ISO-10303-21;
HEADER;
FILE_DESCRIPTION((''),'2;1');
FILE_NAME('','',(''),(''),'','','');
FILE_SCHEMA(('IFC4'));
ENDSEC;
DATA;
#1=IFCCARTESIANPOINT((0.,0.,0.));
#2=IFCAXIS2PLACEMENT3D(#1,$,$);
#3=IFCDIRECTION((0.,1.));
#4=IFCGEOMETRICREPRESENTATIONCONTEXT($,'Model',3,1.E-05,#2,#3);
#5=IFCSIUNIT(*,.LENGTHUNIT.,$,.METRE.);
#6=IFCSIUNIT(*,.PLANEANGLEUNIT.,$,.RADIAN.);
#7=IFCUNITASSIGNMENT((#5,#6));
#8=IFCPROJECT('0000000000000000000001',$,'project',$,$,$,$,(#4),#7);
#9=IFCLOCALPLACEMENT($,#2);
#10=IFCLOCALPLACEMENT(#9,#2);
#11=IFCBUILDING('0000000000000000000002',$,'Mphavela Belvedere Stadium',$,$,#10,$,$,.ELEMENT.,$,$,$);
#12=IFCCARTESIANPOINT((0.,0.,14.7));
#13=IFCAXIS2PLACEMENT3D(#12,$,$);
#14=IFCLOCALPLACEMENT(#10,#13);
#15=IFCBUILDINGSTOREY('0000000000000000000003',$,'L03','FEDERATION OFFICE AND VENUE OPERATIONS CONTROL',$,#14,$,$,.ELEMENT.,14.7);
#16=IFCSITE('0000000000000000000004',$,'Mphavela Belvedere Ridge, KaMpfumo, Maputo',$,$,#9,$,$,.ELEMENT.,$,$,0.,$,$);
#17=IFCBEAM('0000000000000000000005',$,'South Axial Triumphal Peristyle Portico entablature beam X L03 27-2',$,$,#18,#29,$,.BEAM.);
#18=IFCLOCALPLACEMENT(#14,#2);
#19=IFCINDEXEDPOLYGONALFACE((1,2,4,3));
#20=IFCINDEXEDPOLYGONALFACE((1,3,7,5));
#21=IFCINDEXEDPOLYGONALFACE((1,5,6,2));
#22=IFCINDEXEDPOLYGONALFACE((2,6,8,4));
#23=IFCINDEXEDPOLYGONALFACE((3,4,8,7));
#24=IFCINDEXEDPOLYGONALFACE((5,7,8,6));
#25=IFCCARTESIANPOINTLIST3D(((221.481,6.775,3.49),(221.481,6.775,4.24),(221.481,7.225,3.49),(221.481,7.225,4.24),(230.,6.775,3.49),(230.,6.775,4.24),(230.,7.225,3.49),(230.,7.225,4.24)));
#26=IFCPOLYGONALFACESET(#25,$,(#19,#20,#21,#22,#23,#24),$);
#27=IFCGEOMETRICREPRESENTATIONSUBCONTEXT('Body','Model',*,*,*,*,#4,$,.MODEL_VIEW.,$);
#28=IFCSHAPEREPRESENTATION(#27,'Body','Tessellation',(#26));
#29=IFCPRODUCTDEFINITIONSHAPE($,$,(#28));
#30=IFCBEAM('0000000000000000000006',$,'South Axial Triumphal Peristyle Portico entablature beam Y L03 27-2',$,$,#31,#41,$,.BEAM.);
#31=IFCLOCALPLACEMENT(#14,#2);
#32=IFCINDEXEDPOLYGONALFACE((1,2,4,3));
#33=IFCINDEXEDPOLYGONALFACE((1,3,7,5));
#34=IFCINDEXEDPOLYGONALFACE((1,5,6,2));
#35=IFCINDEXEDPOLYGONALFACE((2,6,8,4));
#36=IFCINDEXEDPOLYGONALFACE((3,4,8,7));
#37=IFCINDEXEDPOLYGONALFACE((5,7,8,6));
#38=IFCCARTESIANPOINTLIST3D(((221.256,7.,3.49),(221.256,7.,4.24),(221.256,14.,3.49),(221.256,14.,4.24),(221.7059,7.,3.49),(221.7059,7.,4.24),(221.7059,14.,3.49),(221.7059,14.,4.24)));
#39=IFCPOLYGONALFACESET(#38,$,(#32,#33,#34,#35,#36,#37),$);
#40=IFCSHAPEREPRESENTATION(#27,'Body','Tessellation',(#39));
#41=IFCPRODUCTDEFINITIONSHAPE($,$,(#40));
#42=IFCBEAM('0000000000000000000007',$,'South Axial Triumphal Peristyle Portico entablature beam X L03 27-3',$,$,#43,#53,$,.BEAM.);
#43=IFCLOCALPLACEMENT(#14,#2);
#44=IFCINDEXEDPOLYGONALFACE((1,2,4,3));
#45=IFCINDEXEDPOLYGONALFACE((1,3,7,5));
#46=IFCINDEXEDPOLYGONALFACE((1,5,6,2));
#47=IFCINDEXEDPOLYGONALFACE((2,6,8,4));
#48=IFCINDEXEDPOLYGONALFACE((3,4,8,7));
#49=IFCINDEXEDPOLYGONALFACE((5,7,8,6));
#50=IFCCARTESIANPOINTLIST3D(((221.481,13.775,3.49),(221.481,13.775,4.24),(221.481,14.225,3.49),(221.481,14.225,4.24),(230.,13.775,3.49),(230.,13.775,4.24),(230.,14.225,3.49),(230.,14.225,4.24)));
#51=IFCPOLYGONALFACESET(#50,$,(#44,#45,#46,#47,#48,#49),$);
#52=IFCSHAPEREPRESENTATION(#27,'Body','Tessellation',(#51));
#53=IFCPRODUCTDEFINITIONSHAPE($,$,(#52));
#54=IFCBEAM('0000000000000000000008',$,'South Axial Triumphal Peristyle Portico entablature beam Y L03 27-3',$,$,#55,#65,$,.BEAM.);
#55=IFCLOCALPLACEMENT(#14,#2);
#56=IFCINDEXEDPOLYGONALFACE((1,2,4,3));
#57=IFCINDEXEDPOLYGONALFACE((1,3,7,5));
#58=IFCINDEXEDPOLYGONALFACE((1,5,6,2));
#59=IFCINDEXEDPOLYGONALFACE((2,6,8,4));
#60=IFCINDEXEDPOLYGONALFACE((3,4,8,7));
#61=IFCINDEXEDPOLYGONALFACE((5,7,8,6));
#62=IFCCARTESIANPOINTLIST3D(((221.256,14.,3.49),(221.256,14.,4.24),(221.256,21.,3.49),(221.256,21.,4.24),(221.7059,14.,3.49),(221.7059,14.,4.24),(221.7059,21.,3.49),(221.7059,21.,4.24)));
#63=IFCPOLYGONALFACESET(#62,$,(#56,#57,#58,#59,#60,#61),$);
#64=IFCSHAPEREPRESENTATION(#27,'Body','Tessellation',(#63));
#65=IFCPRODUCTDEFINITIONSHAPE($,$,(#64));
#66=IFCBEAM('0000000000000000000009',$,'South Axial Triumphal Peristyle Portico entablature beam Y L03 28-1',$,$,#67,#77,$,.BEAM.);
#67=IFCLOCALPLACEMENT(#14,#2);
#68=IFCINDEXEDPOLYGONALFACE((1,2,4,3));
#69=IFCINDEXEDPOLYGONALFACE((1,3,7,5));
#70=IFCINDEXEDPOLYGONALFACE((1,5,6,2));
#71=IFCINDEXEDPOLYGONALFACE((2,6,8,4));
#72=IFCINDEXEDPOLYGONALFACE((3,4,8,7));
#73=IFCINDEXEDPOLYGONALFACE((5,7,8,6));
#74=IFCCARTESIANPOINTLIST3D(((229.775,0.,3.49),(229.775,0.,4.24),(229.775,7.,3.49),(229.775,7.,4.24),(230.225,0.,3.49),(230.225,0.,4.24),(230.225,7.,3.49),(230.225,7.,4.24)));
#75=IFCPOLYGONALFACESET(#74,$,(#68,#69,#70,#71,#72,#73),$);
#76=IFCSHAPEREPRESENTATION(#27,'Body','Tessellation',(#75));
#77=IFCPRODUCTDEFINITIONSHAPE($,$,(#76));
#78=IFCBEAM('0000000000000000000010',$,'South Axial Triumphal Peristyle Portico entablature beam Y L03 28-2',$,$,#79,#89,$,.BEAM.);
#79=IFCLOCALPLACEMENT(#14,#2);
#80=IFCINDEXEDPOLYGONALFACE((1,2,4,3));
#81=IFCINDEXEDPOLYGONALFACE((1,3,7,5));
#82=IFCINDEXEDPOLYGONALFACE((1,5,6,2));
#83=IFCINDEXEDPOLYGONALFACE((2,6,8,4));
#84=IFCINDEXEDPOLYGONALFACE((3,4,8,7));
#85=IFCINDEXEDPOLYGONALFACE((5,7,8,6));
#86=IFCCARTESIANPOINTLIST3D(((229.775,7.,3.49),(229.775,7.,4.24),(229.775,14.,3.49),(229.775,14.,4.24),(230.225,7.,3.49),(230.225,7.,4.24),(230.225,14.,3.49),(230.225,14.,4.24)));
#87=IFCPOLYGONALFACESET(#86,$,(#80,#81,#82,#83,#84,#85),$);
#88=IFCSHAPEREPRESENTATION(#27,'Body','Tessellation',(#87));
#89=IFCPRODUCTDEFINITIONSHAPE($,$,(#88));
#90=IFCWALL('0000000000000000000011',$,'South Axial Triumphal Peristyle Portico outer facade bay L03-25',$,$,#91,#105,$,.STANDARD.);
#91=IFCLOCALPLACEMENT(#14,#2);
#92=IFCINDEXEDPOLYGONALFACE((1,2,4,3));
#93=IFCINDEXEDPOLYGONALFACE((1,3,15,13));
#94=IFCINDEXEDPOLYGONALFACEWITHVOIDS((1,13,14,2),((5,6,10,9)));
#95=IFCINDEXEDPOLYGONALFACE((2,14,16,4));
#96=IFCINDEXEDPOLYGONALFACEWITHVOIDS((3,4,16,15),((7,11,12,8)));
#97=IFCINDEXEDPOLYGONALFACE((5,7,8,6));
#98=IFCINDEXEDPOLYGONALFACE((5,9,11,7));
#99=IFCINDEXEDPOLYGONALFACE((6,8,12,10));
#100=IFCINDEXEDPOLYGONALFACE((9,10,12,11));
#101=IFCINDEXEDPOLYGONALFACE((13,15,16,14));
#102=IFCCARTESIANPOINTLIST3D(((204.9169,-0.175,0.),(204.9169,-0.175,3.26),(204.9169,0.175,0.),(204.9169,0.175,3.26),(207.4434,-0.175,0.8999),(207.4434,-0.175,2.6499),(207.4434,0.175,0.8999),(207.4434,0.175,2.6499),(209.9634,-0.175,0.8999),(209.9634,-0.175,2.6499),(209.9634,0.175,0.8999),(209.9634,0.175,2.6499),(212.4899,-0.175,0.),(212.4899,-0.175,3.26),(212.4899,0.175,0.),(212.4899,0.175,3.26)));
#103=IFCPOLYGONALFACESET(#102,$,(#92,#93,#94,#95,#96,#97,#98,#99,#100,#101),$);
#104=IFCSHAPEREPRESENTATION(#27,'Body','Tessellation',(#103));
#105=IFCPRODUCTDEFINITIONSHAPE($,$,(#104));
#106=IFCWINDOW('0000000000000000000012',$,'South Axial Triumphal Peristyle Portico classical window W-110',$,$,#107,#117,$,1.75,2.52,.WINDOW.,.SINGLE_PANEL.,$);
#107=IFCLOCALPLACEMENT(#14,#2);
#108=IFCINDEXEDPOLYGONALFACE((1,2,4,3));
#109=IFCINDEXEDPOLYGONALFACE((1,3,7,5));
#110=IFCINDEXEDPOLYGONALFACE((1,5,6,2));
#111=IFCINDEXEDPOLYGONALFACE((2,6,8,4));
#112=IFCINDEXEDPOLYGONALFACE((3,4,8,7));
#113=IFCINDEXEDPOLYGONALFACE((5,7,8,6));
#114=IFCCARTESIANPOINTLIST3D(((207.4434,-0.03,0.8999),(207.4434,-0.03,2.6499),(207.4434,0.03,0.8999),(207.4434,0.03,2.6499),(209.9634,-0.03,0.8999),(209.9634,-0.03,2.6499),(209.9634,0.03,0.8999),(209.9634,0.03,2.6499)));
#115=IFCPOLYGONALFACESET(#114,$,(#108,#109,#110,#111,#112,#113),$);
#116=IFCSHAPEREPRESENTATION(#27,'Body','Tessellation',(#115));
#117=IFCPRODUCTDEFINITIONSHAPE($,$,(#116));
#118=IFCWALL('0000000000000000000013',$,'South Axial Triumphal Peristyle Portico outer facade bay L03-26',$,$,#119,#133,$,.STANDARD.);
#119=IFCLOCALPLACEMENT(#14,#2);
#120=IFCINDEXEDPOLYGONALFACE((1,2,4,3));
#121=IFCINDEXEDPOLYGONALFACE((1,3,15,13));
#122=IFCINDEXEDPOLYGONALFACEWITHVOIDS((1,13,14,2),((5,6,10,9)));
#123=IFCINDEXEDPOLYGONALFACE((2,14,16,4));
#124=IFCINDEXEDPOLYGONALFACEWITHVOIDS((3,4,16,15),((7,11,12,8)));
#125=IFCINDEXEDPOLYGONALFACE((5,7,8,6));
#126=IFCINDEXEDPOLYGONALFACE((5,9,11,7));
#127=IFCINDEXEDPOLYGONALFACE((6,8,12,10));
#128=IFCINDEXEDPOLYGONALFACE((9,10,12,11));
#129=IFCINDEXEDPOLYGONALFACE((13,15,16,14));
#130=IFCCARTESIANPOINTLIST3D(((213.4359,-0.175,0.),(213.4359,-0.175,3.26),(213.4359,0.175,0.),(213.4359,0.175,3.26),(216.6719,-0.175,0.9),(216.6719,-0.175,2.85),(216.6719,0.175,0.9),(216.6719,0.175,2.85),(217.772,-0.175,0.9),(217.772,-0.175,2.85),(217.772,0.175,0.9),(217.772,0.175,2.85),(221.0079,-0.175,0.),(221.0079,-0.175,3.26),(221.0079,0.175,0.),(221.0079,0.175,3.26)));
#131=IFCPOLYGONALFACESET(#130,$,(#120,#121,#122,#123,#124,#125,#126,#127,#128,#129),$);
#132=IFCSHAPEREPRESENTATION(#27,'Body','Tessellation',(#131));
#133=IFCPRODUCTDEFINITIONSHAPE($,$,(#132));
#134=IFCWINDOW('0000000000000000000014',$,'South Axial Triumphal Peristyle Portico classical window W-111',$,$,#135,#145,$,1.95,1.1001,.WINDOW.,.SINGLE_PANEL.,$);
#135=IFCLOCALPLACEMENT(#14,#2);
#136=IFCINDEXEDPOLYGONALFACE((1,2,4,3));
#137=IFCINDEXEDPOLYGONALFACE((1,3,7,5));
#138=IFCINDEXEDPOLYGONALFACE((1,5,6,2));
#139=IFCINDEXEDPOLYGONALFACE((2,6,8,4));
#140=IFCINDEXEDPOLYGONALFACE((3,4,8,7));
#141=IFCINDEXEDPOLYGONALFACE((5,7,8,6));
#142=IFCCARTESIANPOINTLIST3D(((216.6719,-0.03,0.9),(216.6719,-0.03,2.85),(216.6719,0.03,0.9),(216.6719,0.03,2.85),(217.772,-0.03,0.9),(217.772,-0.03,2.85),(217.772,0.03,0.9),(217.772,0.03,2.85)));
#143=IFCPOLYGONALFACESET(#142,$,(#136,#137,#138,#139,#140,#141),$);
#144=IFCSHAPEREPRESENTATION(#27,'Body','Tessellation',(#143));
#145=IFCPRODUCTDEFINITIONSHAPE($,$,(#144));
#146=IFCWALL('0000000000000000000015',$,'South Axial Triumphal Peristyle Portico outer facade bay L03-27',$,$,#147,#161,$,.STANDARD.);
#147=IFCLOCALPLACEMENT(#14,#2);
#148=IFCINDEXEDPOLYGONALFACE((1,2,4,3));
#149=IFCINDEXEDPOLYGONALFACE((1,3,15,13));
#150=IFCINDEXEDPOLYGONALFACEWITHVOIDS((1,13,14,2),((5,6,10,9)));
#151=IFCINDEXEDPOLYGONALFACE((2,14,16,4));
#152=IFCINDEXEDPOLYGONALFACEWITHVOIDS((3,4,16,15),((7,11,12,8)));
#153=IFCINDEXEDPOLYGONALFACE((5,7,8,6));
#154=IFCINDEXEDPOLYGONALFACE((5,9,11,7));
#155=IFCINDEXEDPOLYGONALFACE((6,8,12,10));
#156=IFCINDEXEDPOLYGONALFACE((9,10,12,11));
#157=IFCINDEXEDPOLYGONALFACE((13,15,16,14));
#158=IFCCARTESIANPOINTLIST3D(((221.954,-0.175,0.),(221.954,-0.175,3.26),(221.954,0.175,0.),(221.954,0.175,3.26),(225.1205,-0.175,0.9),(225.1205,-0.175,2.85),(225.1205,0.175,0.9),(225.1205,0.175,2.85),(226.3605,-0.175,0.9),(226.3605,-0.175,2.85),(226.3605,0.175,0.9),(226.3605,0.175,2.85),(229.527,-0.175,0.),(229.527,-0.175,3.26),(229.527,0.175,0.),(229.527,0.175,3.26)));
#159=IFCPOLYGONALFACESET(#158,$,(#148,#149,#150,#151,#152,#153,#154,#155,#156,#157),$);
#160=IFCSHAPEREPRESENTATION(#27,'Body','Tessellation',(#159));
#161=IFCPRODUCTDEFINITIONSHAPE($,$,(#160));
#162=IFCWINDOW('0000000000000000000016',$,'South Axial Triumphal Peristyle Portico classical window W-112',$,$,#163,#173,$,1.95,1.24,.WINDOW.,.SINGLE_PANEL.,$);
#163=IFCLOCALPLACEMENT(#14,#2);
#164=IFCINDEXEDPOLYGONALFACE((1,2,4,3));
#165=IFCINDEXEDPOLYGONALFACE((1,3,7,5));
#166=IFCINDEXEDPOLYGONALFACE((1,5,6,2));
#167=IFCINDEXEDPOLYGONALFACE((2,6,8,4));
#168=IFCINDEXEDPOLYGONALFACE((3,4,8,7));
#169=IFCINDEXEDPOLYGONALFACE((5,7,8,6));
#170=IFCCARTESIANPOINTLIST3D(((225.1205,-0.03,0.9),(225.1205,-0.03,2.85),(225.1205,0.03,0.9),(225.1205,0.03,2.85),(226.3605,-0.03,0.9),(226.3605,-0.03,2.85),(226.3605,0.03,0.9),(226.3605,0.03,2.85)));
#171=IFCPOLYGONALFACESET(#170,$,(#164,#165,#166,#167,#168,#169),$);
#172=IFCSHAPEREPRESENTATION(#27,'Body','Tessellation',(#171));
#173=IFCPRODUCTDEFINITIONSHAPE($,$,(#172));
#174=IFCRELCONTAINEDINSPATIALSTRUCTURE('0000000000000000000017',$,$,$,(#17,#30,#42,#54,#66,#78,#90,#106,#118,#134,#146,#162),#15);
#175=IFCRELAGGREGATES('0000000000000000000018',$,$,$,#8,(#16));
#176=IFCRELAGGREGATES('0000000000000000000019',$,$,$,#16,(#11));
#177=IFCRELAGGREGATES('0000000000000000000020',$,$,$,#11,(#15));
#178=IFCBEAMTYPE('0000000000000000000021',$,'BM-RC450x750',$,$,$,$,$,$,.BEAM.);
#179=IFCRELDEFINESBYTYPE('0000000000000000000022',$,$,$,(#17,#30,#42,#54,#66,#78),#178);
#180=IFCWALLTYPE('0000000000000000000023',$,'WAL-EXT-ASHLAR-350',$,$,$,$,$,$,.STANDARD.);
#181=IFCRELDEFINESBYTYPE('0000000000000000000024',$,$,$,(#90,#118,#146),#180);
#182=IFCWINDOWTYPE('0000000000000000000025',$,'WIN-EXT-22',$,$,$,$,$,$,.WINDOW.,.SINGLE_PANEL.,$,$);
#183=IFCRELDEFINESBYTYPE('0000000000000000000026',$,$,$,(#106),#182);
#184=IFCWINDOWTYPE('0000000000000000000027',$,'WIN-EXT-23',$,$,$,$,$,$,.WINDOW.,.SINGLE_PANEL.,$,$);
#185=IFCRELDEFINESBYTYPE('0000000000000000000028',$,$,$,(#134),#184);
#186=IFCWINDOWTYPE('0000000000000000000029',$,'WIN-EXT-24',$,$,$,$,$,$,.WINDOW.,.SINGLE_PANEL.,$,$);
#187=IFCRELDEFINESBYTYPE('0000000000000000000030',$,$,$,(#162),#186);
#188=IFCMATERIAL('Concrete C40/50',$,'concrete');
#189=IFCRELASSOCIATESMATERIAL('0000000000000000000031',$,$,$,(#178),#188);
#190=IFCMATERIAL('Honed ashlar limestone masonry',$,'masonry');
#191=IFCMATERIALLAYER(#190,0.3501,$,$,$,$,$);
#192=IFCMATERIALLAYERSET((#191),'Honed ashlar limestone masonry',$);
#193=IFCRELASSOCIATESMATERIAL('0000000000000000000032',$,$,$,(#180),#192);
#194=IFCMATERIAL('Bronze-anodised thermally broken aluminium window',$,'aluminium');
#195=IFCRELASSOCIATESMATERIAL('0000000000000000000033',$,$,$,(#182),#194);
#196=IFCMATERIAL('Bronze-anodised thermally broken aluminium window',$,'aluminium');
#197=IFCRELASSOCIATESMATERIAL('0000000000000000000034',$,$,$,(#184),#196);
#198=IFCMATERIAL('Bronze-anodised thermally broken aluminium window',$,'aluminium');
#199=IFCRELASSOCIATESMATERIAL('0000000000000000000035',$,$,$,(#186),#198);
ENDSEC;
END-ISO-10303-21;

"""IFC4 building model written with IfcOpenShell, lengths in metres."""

from ifc_helpers import new_model, si_unit, direction, frame, frame_2d, origin, origin_2d, place, context, subcontext, project, spatial, rectangle, extrude, material, layer, layer_set, material_profile, profile_set, type_object, element, fill, save


model = new_model("IFC4")

# Units and contexts
model_context = context("Model", 3, precision=1e-05, world=origin(), true_north=direction((0.0, 1.0)))
body_context = subcontext(model_context, "Body", "Model", "MODEL_VIEW")
ifc_project = project(units=[si_unit("LENGTHUNIT", "METRE"), si_unit("PLANEANGLEUNIT", "RADIAN")], contexts=[model_context])

# Site, building, storey
site_placement = place(None, origin())
site = spatial("IfcSite", under=ifc_project, at=site_placement, Name="Mphavela Belvedere Ridge, KaMpfumo, Maputo", CompositionType="ELEMENT", RefElevation=0.0)
building_placement = place(site_placement, origin())
building = spatial("IfcBuilding", under=site, at=building_placement, Name="Mphavela Belvedere Stadium", CompositionType="ELEMENT")
storey_placement = place(building_placement, frame((0.0, 0.0, 14.7)))
storey = spatial("IfcBuildingStorey", under=building, at=storey_placement, Name="L03", Description="FEDERATION OFFICE AND VENUE OPERATIONS CONTROL", CompositionType="ELEMENT", Elevation=14.7)

# Beams
ifc_material_1 = material(Name="Concrete C40/50", Category="concrete")
ifc_material_profile_1 = material_profile(ifc_material_1, rectangle(XDim=0.45, YDim=0.75, at=origin_2d()), Name="RC 450x750")
ifc_profile_set_1 = profile_set([ifc_material_profile_1], Name="Concrete C40/50")
beam_type_1 = type_object("IfcBeamType", Name="BM-RC450x750", PredefinedType="BEAM", material=ifc_profile_set_1)
beam_1_placement = place(storey_placement, frame((221.481, 7.0, 3.865), z_axis=(1.0, 0.0, 0.0), x_axis=(0.0, 1.0, 0.0)))
element("IfcBeam", 1, at=beam_1_placement, inside=storey, type_object=beam_type_1, Name="South Axial Triumphal Peristyle Portico entablature beam X L03 27-2", PredefinedType="BEAM", context=body_context, shape_type="SweptSolid", body=[
    extrude(rectangle(XDim=0.45, YDim=0.75, at=origin_2d()), origin(), (0.0, 0.0, 1.0), 8.519),
])
beam_2_placement = place(storey_placement, frame((221.481, 7.0, 3.865), z_axis=(0.0, 1.0, 0.0), x_axis=(-1.0, 0.0, 0.0)))
element("IfcBeam", 2, at=beam_2_placement, inside=storey, type_object=beam_type_1, Name="South Axial Triumphal Peristyle Portico entablature beam Y L03 27-2", PredefinedType="BEAM", context=body_context, shape_type="SweptSolid", body=[
    extrude(rectangle(XDim=0.45, YDim=0.75, at=origin_2d()), origin(), (0.0, 0.0, 1.0), 7.0),
])
beam_3_placement = place(storey_placement, frame((221.481, 14.0, 3.865), z_axis=(1.0, 0.0, 0.0), x_axis=(0.0, 1.0, 0.0)))
element("IfcBeam", 3, at=beam_3_placement, inside=storey, type_object=beam_type_1, Name="South Axial Triumphal Peristyle Portico entablature beam X L03 27-3", PredefinedType="BEAM", context=body_context, shape_type="SweptSolid", body=[
    extrude(rectangle(XDim=0.45, YDim=0.75, at=origin_2d()), origin(), (0.0, 0.0, 1.0), 8.519),
])
for number, where, z_axis, x_axis, name in (
    (4, (221.481, 14.0, 3.865), (0.0, 1.0, 0.0), (-1.0, 0.0, 0.0), "South Axial Triumphal Peristyle Portico entablature beam Y L03 27-3"),
    (5, (230.0, 0.0, 3.865), (0.0, 1.0, 0.0), (-1.0, 0.0, 0.0), "South Axial Triumphal Peristyle Portico entablature beam Y L03 28-1"),
    (6, (230.0, 7.0, 3.865), (0.0, 1.0, 0.0), (-1.0, 0.0, 0.0), "South Axial Triumphal Peristyle Portico entablature beam Y L03 28-2"),
):
    element("IfcBeam", number, at=place(storey_placement, frame(where, z_axis=z_axis, x_axis=x_axis)), inside=storey, type_object=beam_type_1, Name=name, PredefinedType="BEAM", context=body_context, shape_type="SweptSolid", body=[
        extrude(rectangle(XDim=0.45, YDim=0.75, at=origin_2d()), origin(), (0.0, 0.0, 1.0), 7.0),
    ])

# Walls, openings, windows
ifc_material_2 = material(Name="Honed ashlar limestone masonry", Category="masonry")
ifc_layer = layer(ifc_material_2, 0.3501)
ifc_layer_set = layer_set([ifc_layer], Name="Honed ashlar limestone masonry")
wall_type = type_object("IfcWallType", Name="WAL-EXT-ASHLAR-350", PredefinedType="STANDARD", material=ifc_layer_set)
wall_1_placement = place(storey_placement, frame((212.49, 0.0, 0.0), z_axis=(0.0, 0.0, 1.0), x_axis=(-1.0, 0.0, 0.0)))
wall_1 = element("IfcWall", 7, at=wall_1_placement, inside=storey, type_object=wall_type, Name="South Axial Triumphal Peristyle Portico outer facade bay L03-25", PredefinedType="STANDARD", context=body_context, shape_type="SweptSolid", body=[
    extrude(rectangle(XDim=7.573, YDim=0.3501, at=frame_2d((3.7866, 0.0))), origin(), (0.0, 0.0, 1.0), 3.26),
])
opening_1_placement = place(wall_1_placement, frame((2.5266, 0.0, 0.8999)))
opening_1 = element("IfcOpeningElement", 8, at=opening_1_placement, cuts=wall_1, PredefinedType="OPENING", context=body_context, shape_type="SweptSolid", body=[
    extrude(rectangle(XDim=2.52, YDim=1.75, at=frame_2d((1.26, 0.875))), frame((0.0, 0.1851, 0.0), z_axis=(0.0, -1.0, 0.0), x_axis=(1.0, 0.0, 0.0)), (0.0, 0.0, 1.0), 0.3701),
])
ifc_material_3 = material(Name="Bronze-anodised thermally broken aluminium window", Category="aluminium")
window_type_1 = type_object("IfcWindowType", Name="WIN-EXT-22", PartitioningType="SINGLE_PANEL", PredefinedType="WINDOW", material=ifc_material_3)
window_1_placement = place(opening_1_placement, origin())
window_1 = element("IfcWindow", 9, at=window_1_placement, inside=storey, type_object=window_type_1, Name="South Axial Triumphal Peristyle Portico classical window W-110", OverallHeight=1.75, OverallWidth=2.52, PartitioningType="SINGLE_PANEL", PredefinedType="WINDOW", context=body_context, shape_type="SweptSolid", body=[
    extrude(rectangle(XDim=2.52, YDim=1.75, at=frame_2d((1.26, 0.875))), frame((0.0, 0.03, 0.0), z_axis=(0.0, -1.0, 0.0), x_axis=(1.0, 0.0, 0.0)), (0.0, 0.0, 1.0), 0.0601),
])
fill(opening_1, window_1)
wall_2_placement = place(storey_placement, frame((221.0081, 0.0, 0.0), z_axis=(0.0, 0.0, 1.0), x_axis=(-1.0, 0.0, 0.0)))
wall_2 = element("IfcWall", 10, at=wall_2_placement, inside=storey, type_object=wall_type, Name="South Axial Triumphal Peristyle Portico outer facade bay L03-26", PredefinedType="STANDARD", context=body_context, shape_type="SweptSolid", body=[
    extrude(rectangle(XDim=7.572, YDim=0.3501, at=frame_2d((3.7861, 0.0))), origin(), (0.0, 0.0, 1.0), 3.26),
])
opening_2_placement = place(wall_2_placement, frame((3.2361, 0.0, 0.8999)))
opening_2 = element("IfcOpeningElement", 11, at=opening_2_placement, cuts=wall_2, PredefinedType="OPENING", context=body_context, shape_type="SweptSolid", body=[
    extrude(rectangle(XDim=1.1001, YDim=1.95, at=frame_2d((0.55, 0.9751))), frame((0.0, 0.1851, 0.0), z_axis=(0.0, -1.0, 0.0), x_axis=(1.0, 0.0, 0.0)), (0.0, 0.0, 1.0), 0.3701),
])
ifc_material_4 = material(Name="Bronze-anodised thermally broken aluminium window", Category="aluminium")
window_type_2 = type_object("IfcWindowType", Name="WIN-EXT-23", PartitioningType="SINGLE_PANEL", PredefinedType="WINDOW", material=ifc_material_4)
window_2_placement = place(opening_2_placement, origin())
window_2 = element("IfcWindow", 12, at=window_2_placement, inside=storey, type_object=window_type_2, Name="South Axial Triumphal Peristyle Portico classical window W-111", OverallHeight=1.95, OverallWidth=1.1001, PartitioningType="SINGLE_PANEL", PredefinedType="WINDOW", context=body_context, shape_type="SweptSolid", body=[
    extrude(rectangle(XDim=1.1001, YDim=1.95, at=frame_2d((0.55, 0.9751))), frame((0.0, 0.03, 0.0), z_axis=(0.0, -1.0, 0.0), x_axis=(1.0, 0.0, 0.0)), (0.0, 0.0, 1.0), 0.0601),
])
fill(opening_2, window_2)
wall_3_placement = place(storey_placement, frame((229.5271, 0.0, 0.0), z_axis=(0.0, 0.0, 1.0), x_axis=(-1.0, 0.0, 0.0)))
wall_3 = element("IfcWall", 13, at=wall_3_placement, inside=storey, type_object=wall_type, Name="South Axial Triumphal Peristyle Portico outer facade bay L03-27", PredefinedType="STANDARD", context=body_context, shape_type="SweptSolid", body=[
    extrude(rectangle(XDim=7.573, YDim=0.3501, at=frame_2d((3.7866, 0.0))), origin(), (0.0, 0.0, 1.0), 3.26),
])
opening_3_placement = place(wall_3_placement, frame((3.1665, 0.0, 0.8999)))
opening_3 = element("IfcOpeningElement", 14, at=opening_3_placement, cuts=wall_3, PredefinedType="OPENING", context=body_context, shape_type="SweptSolid", body=[
    extrude(rectangle(XDim=1.24, YDim=1.95, at=frame_2d((0.6201, 0.9751))), frame((0.0, 0.1851, 0.0), z_axis=(0.0, -1.0, 0.0), x_axis=(1.0, 0.0, 0.0)), (0.0, 0.0, 1.0), 0.3701),
])
ifc_material_5 = material(Name="Bronze-anodised thermally broken aluminium window", Category="aluminium")
window_type_3 = type_object("IfcWindowType", Name="WIN-EXT-24", PartitioningType="SINGLE_PANEL", PredefinedType="WINDOW", material=ifc_material_5)
window_3_placement = place(opening_3_placement, origin())
window_3 = element("IfcWindow", 15, at=window_3_placement, inside=storey, type_object=window_type_3, Name="South Axial Triumphal Peristyle Portico classical window W-112", OverallHeight=1.95, OverallWidth=1.24, PartitioningType="SINGLE_PANEL", PredefinedType="WINDOW", context=body_context, shape_type="SweptSolid", body=[
    extrude(rectangle(XDim=1.24, YDim=1.95, at=frame_2d((0.6201, 0.9751))), frame((0.0, 0.03, 0.0), z_axis=(0.0, -1.0, 0.0), x_axis=(1.0, 0.0, 0.0)), (0.0, 0.0, 1.0), 0.0601),
])
fill(opening_3, window_3)

save(model, "model.ifc")
